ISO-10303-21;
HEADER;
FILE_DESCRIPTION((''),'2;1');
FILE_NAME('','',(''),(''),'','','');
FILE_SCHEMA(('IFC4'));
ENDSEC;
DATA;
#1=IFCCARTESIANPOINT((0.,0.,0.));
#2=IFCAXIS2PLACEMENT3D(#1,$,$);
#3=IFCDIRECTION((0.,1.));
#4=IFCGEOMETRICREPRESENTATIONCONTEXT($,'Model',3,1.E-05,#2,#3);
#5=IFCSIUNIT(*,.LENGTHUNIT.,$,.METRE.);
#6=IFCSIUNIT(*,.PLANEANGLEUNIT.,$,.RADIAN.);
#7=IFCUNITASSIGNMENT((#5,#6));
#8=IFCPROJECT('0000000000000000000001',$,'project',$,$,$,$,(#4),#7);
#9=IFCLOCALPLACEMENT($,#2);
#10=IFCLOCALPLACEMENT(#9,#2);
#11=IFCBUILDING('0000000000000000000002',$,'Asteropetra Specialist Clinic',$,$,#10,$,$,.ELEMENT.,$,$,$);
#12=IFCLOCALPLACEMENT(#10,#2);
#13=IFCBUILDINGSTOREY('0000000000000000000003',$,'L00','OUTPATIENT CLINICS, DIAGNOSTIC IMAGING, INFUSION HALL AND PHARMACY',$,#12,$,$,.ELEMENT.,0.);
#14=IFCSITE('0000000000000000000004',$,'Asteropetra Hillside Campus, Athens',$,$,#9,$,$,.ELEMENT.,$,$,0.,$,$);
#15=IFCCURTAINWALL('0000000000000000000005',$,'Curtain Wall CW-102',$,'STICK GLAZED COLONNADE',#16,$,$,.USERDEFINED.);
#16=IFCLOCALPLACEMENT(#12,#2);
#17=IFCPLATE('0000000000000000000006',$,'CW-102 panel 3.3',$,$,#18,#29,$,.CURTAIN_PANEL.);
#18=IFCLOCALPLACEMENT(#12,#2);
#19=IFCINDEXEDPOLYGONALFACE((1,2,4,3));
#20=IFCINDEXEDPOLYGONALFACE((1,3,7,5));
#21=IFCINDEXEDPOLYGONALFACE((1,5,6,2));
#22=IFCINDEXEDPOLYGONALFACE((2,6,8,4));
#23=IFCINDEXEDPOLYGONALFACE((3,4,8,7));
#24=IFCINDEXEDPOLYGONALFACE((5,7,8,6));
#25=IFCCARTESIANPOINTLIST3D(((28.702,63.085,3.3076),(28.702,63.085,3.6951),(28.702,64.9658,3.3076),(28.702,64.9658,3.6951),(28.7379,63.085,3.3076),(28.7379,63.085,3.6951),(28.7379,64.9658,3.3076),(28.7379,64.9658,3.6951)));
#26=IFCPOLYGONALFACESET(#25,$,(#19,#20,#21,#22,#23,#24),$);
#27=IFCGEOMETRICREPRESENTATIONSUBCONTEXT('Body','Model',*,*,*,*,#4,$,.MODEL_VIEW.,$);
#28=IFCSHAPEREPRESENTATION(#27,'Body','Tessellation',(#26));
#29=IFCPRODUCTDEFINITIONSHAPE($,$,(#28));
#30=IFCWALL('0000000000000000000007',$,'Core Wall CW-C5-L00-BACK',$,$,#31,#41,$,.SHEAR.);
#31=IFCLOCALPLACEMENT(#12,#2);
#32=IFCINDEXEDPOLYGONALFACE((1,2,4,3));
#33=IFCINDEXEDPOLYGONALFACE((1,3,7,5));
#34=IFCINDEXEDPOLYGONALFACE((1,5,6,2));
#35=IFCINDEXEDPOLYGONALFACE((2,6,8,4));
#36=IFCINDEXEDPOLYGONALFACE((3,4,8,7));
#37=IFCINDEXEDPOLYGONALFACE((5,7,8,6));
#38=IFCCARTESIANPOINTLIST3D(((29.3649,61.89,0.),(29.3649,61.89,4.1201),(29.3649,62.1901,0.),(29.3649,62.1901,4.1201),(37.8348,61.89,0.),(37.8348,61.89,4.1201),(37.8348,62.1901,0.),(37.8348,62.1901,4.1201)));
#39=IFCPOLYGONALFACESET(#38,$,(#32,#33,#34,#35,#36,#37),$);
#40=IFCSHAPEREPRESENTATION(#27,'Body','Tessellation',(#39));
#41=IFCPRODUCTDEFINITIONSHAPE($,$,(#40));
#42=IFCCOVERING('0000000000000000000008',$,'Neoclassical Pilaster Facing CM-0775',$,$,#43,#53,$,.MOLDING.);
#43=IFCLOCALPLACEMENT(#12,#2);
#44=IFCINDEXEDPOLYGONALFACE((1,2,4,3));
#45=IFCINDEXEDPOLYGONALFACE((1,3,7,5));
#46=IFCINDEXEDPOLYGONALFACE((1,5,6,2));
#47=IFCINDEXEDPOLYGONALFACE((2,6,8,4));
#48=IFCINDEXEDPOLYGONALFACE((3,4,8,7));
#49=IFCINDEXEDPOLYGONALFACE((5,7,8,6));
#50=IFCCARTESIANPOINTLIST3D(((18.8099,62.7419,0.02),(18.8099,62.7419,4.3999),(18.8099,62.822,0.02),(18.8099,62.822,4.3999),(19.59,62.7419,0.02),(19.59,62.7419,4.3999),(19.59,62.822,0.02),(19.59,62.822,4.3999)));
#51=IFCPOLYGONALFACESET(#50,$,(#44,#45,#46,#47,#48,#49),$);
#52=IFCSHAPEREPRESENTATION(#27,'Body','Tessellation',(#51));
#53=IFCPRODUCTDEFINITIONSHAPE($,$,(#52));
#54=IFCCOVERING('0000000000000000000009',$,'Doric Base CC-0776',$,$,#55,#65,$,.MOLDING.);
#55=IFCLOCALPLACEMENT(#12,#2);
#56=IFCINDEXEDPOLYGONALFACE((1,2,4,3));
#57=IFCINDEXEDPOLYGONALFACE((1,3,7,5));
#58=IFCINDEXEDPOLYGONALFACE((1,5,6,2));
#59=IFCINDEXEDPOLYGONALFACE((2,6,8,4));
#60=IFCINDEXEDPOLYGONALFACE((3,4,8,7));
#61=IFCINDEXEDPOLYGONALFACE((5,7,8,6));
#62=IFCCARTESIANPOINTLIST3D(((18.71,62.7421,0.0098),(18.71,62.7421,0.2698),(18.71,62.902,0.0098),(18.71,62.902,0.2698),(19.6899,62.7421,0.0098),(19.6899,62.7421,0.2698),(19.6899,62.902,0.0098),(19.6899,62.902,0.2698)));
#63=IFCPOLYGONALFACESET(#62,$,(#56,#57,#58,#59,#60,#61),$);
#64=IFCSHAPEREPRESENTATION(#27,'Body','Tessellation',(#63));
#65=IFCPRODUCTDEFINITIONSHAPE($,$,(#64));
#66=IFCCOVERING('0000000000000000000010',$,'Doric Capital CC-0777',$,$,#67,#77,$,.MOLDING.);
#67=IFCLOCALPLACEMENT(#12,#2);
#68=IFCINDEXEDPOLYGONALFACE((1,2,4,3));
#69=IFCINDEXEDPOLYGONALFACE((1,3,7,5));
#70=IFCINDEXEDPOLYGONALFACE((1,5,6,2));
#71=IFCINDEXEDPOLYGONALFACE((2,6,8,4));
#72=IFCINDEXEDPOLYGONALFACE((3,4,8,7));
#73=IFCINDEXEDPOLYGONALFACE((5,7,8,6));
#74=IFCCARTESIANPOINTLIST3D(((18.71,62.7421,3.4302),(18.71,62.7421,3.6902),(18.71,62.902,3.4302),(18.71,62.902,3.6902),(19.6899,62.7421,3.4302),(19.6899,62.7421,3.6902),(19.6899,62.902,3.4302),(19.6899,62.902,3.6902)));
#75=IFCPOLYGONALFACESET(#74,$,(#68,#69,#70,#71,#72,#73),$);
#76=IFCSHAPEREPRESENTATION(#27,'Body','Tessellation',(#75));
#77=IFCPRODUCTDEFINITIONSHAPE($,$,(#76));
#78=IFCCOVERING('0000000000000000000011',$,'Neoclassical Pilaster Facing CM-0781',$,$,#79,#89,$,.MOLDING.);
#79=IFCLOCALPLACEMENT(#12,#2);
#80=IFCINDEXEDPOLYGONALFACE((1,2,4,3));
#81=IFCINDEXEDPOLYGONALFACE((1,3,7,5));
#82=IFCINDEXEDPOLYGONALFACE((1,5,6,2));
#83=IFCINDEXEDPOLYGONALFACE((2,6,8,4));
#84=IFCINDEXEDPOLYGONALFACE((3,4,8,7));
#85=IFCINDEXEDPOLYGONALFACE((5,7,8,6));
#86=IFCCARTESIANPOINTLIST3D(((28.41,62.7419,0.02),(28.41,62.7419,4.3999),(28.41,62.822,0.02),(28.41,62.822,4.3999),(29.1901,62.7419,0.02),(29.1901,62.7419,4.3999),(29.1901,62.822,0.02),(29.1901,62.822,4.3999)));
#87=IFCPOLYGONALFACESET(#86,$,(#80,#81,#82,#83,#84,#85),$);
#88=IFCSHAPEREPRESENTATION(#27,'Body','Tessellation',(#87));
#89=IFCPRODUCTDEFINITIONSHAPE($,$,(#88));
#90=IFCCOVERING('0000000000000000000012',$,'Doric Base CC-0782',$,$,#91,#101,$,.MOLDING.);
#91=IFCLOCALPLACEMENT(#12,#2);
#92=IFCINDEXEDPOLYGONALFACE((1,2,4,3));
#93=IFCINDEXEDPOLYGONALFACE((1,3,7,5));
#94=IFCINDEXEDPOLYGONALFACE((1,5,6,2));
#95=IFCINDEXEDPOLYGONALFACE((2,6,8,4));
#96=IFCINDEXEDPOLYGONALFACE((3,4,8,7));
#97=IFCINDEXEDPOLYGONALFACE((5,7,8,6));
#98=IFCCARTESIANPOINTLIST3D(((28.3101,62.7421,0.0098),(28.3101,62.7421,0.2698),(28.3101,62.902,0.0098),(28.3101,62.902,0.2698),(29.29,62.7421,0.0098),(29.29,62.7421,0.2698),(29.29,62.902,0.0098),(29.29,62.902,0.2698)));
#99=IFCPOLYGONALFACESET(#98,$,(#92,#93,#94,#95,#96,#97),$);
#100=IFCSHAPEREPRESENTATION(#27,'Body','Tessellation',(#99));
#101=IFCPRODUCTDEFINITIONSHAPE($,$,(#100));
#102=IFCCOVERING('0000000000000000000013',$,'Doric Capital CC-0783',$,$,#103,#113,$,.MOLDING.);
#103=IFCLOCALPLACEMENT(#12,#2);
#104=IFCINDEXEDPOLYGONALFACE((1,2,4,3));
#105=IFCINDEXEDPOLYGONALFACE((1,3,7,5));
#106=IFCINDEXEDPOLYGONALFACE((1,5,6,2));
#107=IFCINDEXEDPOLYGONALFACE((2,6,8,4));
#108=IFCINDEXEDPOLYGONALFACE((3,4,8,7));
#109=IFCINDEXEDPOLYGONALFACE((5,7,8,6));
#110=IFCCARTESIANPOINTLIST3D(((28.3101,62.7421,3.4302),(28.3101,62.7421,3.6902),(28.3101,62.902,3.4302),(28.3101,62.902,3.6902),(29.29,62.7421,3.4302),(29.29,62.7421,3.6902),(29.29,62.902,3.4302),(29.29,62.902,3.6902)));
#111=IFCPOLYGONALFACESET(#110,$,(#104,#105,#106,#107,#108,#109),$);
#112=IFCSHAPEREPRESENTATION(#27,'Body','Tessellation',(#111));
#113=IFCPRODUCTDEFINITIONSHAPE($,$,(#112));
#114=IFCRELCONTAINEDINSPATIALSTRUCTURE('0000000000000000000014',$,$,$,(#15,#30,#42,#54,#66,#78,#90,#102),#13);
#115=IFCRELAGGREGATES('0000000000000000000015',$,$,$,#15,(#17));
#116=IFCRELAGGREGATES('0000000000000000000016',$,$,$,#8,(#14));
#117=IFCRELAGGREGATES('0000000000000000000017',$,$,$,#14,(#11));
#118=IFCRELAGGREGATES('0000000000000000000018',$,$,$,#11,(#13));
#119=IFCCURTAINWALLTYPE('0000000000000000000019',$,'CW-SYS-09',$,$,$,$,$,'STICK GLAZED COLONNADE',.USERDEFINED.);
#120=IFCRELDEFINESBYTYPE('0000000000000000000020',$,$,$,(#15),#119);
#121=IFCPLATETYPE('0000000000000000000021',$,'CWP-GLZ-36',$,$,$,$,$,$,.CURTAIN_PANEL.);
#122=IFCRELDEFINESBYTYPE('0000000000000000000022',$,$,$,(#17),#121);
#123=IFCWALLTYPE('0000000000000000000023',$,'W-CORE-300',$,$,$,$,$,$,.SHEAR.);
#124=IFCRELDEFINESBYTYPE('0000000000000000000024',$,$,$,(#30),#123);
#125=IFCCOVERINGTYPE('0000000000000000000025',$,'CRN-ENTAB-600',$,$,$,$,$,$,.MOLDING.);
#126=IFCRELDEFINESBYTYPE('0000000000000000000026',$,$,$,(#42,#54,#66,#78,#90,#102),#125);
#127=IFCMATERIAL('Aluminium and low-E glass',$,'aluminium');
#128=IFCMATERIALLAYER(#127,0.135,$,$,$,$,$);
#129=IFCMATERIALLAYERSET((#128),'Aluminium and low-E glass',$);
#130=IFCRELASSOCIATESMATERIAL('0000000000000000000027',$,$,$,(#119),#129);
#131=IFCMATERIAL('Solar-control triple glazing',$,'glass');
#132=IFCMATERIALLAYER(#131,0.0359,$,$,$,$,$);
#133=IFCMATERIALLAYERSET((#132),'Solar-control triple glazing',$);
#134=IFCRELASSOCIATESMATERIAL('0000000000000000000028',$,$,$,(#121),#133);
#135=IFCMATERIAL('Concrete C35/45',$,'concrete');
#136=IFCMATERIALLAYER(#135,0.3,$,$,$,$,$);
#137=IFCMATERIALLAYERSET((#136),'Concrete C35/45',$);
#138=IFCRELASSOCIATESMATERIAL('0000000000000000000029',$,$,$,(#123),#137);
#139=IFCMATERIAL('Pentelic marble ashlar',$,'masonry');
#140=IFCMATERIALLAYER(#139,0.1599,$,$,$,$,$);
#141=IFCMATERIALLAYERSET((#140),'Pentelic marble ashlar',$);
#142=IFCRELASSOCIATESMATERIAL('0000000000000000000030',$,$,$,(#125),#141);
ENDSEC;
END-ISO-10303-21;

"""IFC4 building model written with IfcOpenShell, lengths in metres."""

from ifc_helpers import new_model, si_unit, direction, frame, frame_2d, origin, origin_2d, place, context, subcontext, project, spatial, rectangle, extrude, material, layer, layer_set, type_object, element, aggregate, save


model = new_model("IFC4")

# Units and contexts
model_context = context("Model", 3, precision=1e-05, world=origin(), true_north=direction((0.0, 1.0)))
body_context = subcontext(model_context, "Body", "Model", "MODEL_VIEW")
ifc_project = project(units=[si_unit("LENGTHUNIT", "METRE"), si_unit("PLANEANGLEUNIT", "RADIAN")], contexts=[model_context])

# Site, building, storey
site_placement = place(None, origin())
site = spatial("IfcSite", under=ifc_project, at=site_placement, Name="Asteropetra Hillside Campus, Athens", CompositionType="ELEMENT", RefElevation=0.0)
building_placement = place(site_placement, origin())
building = spatial("IfcBuilding", under=site, at=building_placement, Name="Asteropetra Specialist Clinic", CompositionType="ELEMENT")
storey_placement = place(building_placement, origin())
storey = spatial("IfcBuildingStorey", under=building, at=storey_placement, Name="L00", Description="OUTPATIENT CLINICS, DIAGNOSTIC IMAGING, INFUSION HALL AND PHARMACY", CompositionType="ELEMENT", Elevation=0.0)

# Curtain wall
ifc_material_1 = material(Name="Aluminium and low-E glass", Category="aluminium")
ifc_layer_1 = layer(ifc_material_1, 0.135)
ifc_layer_set_1 = layer_set([ifc_layer_1], Name="Aluminium and low-E glass")
curtain_wall_type = type_object("IfcCurtainWallType", Name="CW-SYS-09", ElementType="STICK GLAZED COLONNADE", PredefinedType="USERDEFINED", material=ifc_layer_set_1)
curtain_wall_placement = place(storey_placement, origin())
curtain_wall = element("IfcCurtainWall", 1, at=curtain_wall_placement, inside=storey, type_object=curtain_wall_type, Name="Curtain Wall CW-102", ObjectType="STICK GLAZED COLONNADE", PredefinedType="USERDEFINED")

# Plate
ifc_material_2 = material(Name="Solar-control triple glazing", Category="glass")
ifc_layer_2 = layer(ifc_material_2, 0.0359)
ifc_layer_set_2 = layer_set([ifc_layer_2], Name="Solar-control triple glazing")
plate_type = type_object("IfcPlateType", Name="CWP-GLZ-36", PredefinedType="CURTAIN_PANEL", material=ifc_layer_set_2)
plate_1_placement = place(storey_placement, frame((28.72, 64.0254, 3.3076), z_axis=(0.0, 0.0, 1.0), x_axis=(0.0, -1.0, 0.0)))
plate_1 = element("IfcPlate", 2, at=plate_1_placement, type_object=plate_type, Name="CW-102 panel 3.3", PredefinedType="CURTAIN_PANEL", context=body_context, shape_type="SweptSolid", body=[
    extrude(rectangle(XDim=1.8809, YDim=0.0359, at=origin_2d()), origin(), (0.0, 0.0, 1.0), 0.3875),
])
aggregate(curtain_wall, [plate_1])

# Wall
ifc_material_3 = material(Name="Concrete C35/45", Category="concrete")
ifc_layer_3 = layer(ifc_material_3, 0.3)
ifc_layer_set_3 = layer_set([ifc_layer_3], Name="Concrete C35/45")
wall_type = type_object("IfcWallType", Name="W-CORE-300", PredefinedType="SHEAR", material=ifc_layer_set_3)
wall_placement = place(storey_placement, frame((29.365, 62.04, 0.0), z_axis=(0.0, 0.0, 1.0), x_axis=(1.0, 0.0, 0.0)))
element("IfcWall", 3, at=wall_placement, inside=storey, type_object=wall_type, Name="Core Wall CW-C5-L00-BACK", PredefinedType="SHEAR", context=body_context, shape_type="SweptSolid", body=[
    extrude(rectangle(XDim=8.47, YDim=0.3, at=frame_2d((4.2349, 0.0))), origin(), (0.0, 0.0, 1.0), 4.1201),
])

# Coverings
ifc_material_4 = material(Name="Pentelic marble ashlar", Category="masonry")
ifc_layer_4 = layer(ifc_material_4, 0.1599)
ifc_layer_set_4 = layer_set([ifc_layer_4], Name="Pentelic marble ashlar")
covering_type = type_object("IfcCoveringType", Name="CRN-ENTAB-600", PredefinedType="MOLDING", material=ifc_layer_set_4)
covering_1_placement = place(storey_placement, frame((19.2, 62.782, 0.02), z_axis=(0.0, 0.0, 1.0), x_axis=(1.0, 0.0, 0.0)))
element("IfcCovering", 4, at=covering_1_placement, inside=storey, type_object=covering_type, Name="Neoclassical Pilaster Facing CM-0775", PredefinedType="MOLDING", context=body_context, shape_type="SweptSolid", body=[
    extrude(rectangle(XDim=0.78, YDim=0.0801, at=origin_2d()), origin(), (0.0, 0.0, 1.0), 4.3799),
])
for number, where, z_axis, x_axis, name in (
    (5, (19.2, 62.822, 0.0098), (0.0, 0.0, 1.0), (1.0, 0.0, 0.0), "Doric Base CC-0776"),
    (6, (19.2, 62.822, 3.4302), (0.0, 0.0, 1.0), (1.0, 0.0, 0.0), "Doric Capital CC-0777"),
):
    element("IfcCovering", number, at=place(storey_placement, frame(where, z_axis=z_axis, x_axis=x_axis)), inside=storey, type_object=covering_type, Name=name, PredefinedType="MOLDING", context=body_context, shape_type="SweptSolid", body=[
        extrude(rectangle(XDim=0.98, YDim=0.1599, at=origin_2d()), origin(), (0.0, 0.0, 1.0), 0.26),
    ])
covering_2_placement = place(storey_placement, frame((28.8, 62.782, 0.02), z_axis=(0.0, 0.0, 1.0), x_axis=(1.0, 0.0, 0.0)))
element("IfcCovering", 7, at=covering_2_placement, inside=storey, type_object=covering_type, Name="Neoclassical Pilaster Facing CM-0781", PredefinedType="MOLDING", context=body_context, shape_type="SweptSolid", body=[
    extrude(rectangle(XDim=0.78, YDim=0.0801, at=origin_2d()), origin(), (0.0, 0.0, 1.0), 4.3799),
])
for number, where, z_axis, x_axis, name in (
    (8, (28.8, 62.822, 0.0098), (0.0, 0.0, 1.0), (1.0, 0.0, 0.0), "Doric Base CC-0782"),
    (9, (28.8, 62.822, 3.4302), (0.0, 0.0, 1.0), (1.0, 0.0, 0.0), "Doric Capital CC-0783"),
):
    element("IfcCovering", number, at=place(storey_placement, frame(where, z_axis=z_axis, x_axis=x_axis)), inside=storey, type_object=covering_type, Name=name, PredefinedType="MOLDING", context=body_context, shape_type="SweptSolid", body=[
        extrude(rectangle(XDim=0.98, YDim=0.1599, at=origin_2d()), origin(), (0.0, 0.0, 1.0), 0.26),
    ])

save(model, "model.ifc")
